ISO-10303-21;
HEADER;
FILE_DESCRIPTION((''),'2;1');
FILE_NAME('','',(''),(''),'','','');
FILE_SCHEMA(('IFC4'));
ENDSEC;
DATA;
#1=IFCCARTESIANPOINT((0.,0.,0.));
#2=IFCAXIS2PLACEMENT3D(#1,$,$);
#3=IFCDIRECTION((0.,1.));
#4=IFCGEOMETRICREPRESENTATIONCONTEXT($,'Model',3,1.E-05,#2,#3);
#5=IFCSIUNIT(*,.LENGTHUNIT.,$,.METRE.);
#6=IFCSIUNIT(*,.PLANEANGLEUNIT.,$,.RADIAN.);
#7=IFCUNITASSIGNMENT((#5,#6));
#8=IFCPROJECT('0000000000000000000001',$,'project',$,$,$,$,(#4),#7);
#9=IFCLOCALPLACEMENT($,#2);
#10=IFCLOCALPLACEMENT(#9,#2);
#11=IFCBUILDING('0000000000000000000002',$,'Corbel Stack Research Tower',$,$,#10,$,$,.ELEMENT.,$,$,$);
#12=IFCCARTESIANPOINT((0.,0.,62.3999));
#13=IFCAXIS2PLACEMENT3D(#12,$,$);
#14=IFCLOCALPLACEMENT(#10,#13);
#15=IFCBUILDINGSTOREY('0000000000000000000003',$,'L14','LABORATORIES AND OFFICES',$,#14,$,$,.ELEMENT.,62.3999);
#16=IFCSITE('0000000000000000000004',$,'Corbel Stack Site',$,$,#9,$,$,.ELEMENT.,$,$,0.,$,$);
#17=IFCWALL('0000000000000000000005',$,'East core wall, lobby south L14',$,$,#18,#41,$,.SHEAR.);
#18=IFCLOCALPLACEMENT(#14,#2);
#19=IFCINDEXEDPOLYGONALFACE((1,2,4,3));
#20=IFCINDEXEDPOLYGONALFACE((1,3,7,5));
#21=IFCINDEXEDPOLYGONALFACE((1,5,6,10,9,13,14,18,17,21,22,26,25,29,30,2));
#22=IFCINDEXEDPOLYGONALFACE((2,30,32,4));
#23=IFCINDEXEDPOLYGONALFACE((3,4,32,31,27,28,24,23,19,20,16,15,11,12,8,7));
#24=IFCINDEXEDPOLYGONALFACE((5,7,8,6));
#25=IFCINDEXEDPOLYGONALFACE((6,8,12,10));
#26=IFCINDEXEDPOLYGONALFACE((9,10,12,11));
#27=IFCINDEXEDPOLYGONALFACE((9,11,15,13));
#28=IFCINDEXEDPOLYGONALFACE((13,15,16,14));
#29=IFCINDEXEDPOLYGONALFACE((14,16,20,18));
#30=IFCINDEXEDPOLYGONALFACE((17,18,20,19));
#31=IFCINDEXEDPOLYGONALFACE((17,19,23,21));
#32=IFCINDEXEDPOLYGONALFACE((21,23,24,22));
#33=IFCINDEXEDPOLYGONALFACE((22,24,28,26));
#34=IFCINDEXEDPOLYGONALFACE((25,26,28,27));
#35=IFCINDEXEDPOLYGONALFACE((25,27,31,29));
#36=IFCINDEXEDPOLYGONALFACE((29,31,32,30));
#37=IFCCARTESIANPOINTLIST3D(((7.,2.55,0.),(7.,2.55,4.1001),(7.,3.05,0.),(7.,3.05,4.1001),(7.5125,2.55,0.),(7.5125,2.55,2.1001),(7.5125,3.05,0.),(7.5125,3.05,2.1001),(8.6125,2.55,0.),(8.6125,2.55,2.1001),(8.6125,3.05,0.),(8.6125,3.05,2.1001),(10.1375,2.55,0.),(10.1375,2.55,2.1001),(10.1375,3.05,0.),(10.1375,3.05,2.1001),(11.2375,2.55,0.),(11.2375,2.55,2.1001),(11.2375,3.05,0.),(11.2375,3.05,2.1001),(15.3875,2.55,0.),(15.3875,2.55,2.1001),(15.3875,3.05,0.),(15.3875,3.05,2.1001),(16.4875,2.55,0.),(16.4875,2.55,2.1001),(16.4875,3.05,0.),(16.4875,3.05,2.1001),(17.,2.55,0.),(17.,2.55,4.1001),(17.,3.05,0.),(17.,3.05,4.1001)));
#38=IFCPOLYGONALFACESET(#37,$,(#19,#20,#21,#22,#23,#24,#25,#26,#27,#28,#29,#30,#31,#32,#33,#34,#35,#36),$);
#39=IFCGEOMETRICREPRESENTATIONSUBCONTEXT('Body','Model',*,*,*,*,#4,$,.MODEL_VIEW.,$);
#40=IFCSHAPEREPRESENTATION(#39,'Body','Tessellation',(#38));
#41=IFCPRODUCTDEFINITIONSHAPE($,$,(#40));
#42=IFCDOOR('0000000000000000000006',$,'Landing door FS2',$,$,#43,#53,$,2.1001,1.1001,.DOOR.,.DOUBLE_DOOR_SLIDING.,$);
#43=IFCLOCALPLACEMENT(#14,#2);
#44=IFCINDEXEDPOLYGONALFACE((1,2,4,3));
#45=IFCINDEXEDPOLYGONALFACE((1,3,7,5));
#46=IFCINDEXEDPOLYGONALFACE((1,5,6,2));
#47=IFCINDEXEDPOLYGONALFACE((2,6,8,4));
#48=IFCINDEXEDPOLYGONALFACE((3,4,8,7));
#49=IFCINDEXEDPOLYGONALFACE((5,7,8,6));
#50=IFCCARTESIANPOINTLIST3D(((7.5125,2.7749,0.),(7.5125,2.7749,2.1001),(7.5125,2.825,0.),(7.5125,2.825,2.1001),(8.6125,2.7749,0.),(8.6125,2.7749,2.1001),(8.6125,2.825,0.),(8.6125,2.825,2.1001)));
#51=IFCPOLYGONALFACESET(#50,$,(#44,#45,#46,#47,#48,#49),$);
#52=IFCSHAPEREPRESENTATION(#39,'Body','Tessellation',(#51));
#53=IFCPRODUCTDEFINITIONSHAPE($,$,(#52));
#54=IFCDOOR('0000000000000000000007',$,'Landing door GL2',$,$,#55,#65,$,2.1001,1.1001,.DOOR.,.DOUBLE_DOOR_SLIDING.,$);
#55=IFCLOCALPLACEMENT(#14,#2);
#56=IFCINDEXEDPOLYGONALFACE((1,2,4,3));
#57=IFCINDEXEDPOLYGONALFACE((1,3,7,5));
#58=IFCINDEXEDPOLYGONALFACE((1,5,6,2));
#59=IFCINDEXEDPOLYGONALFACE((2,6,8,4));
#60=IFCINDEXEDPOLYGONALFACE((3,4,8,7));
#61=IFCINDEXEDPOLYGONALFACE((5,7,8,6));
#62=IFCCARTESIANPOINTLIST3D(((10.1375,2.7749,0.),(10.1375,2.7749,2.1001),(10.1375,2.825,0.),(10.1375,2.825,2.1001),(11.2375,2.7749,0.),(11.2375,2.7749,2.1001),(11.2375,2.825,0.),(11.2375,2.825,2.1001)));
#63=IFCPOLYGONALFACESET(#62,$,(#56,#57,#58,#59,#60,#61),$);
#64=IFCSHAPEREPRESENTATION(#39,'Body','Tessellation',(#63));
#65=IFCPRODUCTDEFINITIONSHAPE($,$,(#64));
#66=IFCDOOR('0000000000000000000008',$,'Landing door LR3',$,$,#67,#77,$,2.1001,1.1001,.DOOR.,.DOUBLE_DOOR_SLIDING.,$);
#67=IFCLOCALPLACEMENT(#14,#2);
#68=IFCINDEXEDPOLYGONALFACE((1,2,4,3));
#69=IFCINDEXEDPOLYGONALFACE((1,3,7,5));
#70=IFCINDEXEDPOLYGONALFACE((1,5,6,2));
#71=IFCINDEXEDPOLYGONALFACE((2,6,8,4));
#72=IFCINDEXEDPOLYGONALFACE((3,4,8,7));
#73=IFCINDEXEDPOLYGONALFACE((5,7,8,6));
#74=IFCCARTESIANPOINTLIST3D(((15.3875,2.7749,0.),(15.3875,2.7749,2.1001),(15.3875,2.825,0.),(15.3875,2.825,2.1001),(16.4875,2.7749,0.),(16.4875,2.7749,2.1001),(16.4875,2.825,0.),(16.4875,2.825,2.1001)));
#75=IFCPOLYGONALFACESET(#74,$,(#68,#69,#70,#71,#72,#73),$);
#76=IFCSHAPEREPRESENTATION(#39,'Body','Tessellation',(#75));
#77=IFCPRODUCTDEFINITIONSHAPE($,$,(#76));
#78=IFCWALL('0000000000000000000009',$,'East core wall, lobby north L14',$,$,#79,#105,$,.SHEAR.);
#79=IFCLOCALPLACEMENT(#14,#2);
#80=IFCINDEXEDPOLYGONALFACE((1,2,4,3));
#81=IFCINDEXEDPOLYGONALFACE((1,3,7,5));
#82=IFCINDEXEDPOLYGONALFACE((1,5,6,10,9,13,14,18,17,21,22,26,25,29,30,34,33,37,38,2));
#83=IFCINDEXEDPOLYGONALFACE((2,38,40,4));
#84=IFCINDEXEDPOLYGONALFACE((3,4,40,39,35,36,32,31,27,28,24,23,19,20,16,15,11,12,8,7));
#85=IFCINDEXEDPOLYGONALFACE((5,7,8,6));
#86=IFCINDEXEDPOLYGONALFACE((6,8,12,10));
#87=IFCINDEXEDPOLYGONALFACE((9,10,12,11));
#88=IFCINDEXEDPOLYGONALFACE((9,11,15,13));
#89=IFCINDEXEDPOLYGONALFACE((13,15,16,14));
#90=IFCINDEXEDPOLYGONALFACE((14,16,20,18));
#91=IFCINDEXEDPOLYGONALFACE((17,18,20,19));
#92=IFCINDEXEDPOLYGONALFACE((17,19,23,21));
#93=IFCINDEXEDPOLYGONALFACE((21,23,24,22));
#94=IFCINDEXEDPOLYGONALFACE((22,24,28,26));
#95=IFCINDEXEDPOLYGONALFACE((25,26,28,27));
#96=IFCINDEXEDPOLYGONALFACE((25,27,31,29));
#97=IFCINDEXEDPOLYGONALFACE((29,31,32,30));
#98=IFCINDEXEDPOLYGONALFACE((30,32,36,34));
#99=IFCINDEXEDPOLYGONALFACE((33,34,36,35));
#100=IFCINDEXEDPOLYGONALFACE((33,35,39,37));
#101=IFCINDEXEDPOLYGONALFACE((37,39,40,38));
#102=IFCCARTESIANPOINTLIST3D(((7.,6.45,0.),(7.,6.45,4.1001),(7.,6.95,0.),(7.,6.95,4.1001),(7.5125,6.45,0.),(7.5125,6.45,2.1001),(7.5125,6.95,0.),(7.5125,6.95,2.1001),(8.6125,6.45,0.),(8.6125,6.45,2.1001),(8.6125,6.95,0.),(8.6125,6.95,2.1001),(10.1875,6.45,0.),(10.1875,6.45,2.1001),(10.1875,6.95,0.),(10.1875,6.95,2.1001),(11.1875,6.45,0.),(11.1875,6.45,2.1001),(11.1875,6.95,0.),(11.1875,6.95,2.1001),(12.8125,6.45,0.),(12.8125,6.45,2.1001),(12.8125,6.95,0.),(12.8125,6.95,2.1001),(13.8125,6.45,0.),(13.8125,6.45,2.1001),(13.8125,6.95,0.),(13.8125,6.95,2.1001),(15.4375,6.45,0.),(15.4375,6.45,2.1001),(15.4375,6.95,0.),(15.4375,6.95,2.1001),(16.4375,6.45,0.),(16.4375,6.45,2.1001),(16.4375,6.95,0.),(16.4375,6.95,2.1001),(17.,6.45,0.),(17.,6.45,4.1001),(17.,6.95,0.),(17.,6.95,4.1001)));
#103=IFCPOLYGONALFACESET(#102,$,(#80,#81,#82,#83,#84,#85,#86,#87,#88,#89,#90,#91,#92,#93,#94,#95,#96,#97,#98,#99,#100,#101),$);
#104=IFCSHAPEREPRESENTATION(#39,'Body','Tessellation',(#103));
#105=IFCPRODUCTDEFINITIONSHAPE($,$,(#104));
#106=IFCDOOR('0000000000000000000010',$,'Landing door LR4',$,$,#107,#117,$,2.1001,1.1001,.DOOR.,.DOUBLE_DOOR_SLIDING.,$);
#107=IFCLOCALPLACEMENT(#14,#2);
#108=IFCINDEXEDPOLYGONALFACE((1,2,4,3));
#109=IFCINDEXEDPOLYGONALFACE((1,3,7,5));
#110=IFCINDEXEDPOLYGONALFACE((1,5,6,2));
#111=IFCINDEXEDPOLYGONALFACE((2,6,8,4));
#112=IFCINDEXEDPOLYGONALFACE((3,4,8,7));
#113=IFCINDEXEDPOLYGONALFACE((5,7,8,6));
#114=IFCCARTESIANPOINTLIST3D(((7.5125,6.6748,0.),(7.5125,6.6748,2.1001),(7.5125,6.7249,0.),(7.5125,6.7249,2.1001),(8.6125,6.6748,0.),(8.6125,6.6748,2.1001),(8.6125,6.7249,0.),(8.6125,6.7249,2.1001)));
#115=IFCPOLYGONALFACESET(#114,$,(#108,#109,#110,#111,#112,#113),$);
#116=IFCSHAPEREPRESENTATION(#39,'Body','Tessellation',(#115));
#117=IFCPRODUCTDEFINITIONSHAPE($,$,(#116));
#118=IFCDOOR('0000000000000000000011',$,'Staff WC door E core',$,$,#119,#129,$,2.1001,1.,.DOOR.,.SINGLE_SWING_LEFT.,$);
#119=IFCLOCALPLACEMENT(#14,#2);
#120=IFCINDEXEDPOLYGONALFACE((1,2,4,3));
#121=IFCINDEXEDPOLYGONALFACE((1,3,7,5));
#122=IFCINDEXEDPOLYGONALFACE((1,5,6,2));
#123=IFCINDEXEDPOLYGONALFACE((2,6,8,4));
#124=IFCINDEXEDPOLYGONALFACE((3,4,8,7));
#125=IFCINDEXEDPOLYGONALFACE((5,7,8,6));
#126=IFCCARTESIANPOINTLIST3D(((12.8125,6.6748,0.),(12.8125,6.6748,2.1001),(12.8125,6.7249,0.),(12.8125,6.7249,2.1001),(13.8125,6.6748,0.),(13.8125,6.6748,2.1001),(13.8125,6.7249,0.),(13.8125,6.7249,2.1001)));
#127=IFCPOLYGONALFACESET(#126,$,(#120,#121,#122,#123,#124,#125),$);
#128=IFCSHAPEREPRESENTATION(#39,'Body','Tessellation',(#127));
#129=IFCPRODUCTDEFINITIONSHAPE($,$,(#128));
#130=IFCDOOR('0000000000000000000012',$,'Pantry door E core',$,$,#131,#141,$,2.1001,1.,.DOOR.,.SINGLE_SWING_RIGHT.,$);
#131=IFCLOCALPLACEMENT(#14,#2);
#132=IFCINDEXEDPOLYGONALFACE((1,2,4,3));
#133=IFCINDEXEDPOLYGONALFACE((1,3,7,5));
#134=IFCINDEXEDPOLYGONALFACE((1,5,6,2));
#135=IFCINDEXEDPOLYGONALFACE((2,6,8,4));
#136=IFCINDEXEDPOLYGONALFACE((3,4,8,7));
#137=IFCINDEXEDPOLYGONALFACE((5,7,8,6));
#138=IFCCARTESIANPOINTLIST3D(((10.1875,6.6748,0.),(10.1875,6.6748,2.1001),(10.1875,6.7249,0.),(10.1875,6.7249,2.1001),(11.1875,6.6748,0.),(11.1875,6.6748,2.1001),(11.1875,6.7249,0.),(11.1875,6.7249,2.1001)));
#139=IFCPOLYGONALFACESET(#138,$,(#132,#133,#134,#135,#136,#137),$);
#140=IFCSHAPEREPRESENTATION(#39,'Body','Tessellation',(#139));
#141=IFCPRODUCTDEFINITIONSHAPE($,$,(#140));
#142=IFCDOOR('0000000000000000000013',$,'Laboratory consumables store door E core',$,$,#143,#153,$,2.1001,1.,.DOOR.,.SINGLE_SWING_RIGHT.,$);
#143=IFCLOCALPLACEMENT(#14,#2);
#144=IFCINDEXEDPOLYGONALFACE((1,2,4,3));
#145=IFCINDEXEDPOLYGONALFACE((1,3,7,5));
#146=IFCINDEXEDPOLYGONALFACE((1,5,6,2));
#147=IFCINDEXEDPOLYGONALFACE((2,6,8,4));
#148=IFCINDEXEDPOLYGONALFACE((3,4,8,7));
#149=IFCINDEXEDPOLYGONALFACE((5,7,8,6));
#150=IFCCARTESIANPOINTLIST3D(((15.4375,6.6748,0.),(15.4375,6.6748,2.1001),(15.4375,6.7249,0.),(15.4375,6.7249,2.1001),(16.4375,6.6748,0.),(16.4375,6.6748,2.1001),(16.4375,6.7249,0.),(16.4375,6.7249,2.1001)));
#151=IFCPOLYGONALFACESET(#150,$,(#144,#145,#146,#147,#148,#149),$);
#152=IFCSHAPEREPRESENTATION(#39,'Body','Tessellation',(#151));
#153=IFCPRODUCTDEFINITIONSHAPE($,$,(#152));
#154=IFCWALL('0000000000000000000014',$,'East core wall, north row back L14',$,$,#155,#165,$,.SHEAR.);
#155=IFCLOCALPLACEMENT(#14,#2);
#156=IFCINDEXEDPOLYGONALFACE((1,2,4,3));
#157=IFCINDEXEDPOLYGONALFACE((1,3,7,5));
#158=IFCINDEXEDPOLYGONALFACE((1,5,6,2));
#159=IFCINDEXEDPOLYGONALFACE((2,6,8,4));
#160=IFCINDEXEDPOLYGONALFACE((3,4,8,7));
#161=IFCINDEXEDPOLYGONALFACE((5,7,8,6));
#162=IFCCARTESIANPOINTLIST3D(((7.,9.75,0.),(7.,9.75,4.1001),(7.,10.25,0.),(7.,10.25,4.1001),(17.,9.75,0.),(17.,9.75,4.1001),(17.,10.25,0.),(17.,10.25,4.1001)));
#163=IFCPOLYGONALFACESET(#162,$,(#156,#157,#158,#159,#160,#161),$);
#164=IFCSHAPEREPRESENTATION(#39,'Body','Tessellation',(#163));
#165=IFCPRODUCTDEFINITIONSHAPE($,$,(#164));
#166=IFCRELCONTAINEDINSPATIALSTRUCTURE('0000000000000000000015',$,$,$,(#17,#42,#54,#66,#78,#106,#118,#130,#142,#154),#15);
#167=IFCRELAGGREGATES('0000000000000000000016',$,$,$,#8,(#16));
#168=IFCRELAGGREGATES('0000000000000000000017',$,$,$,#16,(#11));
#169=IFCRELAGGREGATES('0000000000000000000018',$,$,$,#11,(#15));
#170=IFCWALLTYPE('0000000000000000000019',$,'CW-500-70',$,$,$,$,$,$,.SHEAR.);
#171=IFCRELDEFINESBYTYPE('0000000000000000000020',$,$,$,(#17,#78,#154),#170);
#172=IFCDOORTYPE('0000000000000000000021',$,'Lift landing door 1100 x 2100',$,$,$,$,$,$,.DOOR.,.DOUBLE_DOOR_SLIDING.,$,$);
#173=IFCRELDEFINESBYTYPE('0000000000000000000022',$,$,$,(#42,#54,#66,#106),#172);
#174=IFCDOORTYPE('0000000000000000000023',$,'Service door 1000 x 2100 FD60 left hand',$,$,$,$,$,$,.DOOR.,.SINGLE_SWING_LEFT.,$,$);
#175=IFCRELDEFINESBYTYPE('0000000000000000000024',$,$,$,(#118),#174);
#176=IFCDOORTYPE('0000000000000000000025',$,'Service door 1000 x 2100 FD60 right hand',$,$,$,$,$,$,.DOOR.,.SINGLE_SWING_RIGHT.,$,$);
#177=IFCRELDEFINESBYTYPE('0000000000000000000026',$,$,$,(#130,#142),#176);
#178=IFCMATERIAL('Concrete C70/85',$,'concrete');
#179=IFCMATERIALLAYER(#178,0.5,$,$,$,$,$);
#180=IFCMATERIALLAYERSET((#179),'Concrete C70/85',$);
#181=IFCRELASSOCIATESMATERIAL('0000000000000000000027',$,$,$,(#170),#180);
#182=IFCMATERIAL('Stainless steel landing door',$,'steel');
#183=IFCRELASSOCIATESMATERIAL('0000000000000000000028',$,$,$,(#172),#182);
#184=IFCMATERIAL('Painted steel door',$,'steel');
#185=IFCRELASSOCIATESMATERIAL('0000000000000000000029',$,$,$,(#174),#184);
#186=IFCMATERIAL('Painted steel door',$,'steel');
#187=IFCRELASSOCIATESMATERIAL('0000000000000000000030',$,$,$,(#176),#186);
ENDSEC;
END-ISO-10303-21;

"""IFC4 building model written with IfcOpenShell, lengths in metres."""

from ifc_helpers import new_model, si_unit, direction, frame, frame_2d, origin, place, context, subcontext, project, spatial, rectangle, extrude, material, layer, layer_set, type_object, element, fill, save


model = new_model("IFC4")

# Units and contexts
model_context = context("Model", 3, precision=1e-05, world=origin(), true_north=direction((0.0, 1.0)))
body_context = subcontext(model_context, "Body", "Model", "MODEL_VIEW")
ifc_project = project(units=[si_unit("LENGTHUNIT", "METRE"), si_unit("PLANEANGLEUNIT", "RADIAN")], contexts=[model_context])

# Site, building, storey
site_placement = place(None, origin())
site = spatial("IfcSite", under=ifc_project, at=site_placement, Name="Corbel Stack Site", CompositionType="ELEMENT", RefElevation=0.0)
building_placement = place(site_placement, origin())
building = spatial("IfcBuilding", under=site, at=building_placement, Name="Corbel Stack Research Tower", CompositionType="ELEMENT")
storey_placement = place(building_placement, frame((0.0, 0.0, 62.3999)))
storey = spatial("IfcBuildingStorey", under=building, at=storey_placement, Name="L14", Description="LABORATORIES AND OFFICES", CompositionType="ELEMENT", Elevation=62.3999)

# Walls, openings, doors
ifc_material_1 = material(Name="Concrete C70/85", Category="concrete")
ifc_layer_1 = layer(ifc_material_1, 0.5)
ifc_layer_set_1 = layer_set([ifc_layer_1], Name="Concrete C70/85")
wall_type_1 = type_object("IfcWallType", Name="CW-500-70", PredefinedType="SHEAR", material=ifc_layer_set_1)
wall_1_placement = place(storey_placement, frame((7.0, 2.8, 0.0), z_axis=(0.0, 0.0, 1.0), x_axis=(1.0, 0.0, 0.0)))
wall_1 = element("IfcWall", 1, at=wall_1_placement, inside=storey, type_object=wall_type_1, Name="East core wall, lobby south L14", PredefinedType="SHEAR", context=body_context, shape_type="SweptSolid", body=[
    extrude(rectangle(XDim=10.0, YDim=0.5, at=frame_2d((5.0, 0.0))), origin(), (0.0, 0.0, 1.0), 4.1001),
])
opening_1_placement = place(wall_1_placement, frame((0.5125, 0.0, 0.0)))
opening_1 = element("IfcOpeningElement", 2, at=opening_1_placement, cuts=wall_1, PredefinedType="OPENING", context=body_context, shape_type="SweptSolid", body=[
    extrude(rectangle(XDim=1.1001, YDim=2.1001, at=frame_2d((0.55, 1.05))), frame((0.0, 0.26, 0.0), z_axis=(0.0, -1.0, 0.0), x_axis=(1.0, 0.0, 0.0)), (0.0, 0.0, 1.0), 0.52),
])
opening_2_placement = place(wall_1_placement, frame((3.1375, 0.0, 0.0)))
opening_2 = element("IfcOpeningElement", 3, at=opening_2_placement, cuts=wall_1, PredefinedType="OPENING", context=body_context, shape_type="SweptSolid", body=[
    extrude(rectangle(XDim=1.1001, YDim=2.1001, at=frame_2d((0.55, 1.05))), frame((0.0, 0.26, 0.0), z_axis=(0.0, -1.0, 0.0), x_axis=(1.0, 0.0, 0.0)), (0.0, 0.0, 1.0), 0.52),
])
opening_3_placement = place(wall_1_placement, frame((8.3875, 0.0, 0.0)))
opening_3 = element("IfcOpeningElement", 4, at=opening_3_placement, cuts=wall_1, PredefinedType="OPENING", context=body_context, shape_type="SweptSolid", body=[
    extrude(rectangle(XDim=1.1001, YDim=2.1001, at=frame_2d((0.55, 1.05))), frame((0.0, 0.26, 0.0), z_axis=(0.0, -1.0, 0.0), x_axis=(1.0, 0.0, 0.0)), (0.0, 0.0, 1.0), 0.52),
])
ifc_material_2 = material(Name="Stainless steel landing door", Category="steel")
door_type_1 = type_object("IfcDoorType", Name="Lift landing door 1100 x 2100", OperationType="DOUBLE_DOOR_SLIDING", PredefinedType="DOOR", material=ifc_material_2)
door_1_placement = place(opening_1_placement, origin())
door_1 = element("IfcDoor", 5, at=door_1_placement, inside=storey, type_object=door_type_1, Name="Landing door FS2", OperationType="DOUBLE_DOOR_SLIDING", OverallHeight=2.1001, OverallWidth=1.1001, PredefinedType="DOOR", context=body_context, shape_type="SweptSolid", body=[
    extrude(rectangle(XDim=1.1001, YDim=2.1001, at=frame_2d((0.55, 1.05))), frame((0.0, 0.0249, 0.0), z_axis=(0.0, -1.0, 0.0), x_axis=(1.0, 0.0, 0.0)), (0.0, 0.0, 1.0), 0.05),
])
fill(opening_1, door_1)
door_2_placement = place(opening_2_placement, origin())
door_2 = element("IfcDoor", 6, at=door_2_placement, inside=storey, type_object=door_type_1, Name="Landing door GL2", OperationType="DOUBLE_DOOR_SLIDING", OverallHeight=2.1001, OverallWidth=1.1001, PredefinedType="DOOR", context=body_context, shape_type="SweptSolid", body=[
    extrude(rectangle(XDim=1.1001, YDim=2.1001, at=frame_2d((0.55, 1.05))), frame((0.0, 0.0249, 0.0), z_axis=(0.0, -1.0, 0.0), x_axis=(1.0, 0.0, 0.0)), (0.0, 0.0, 1.0), 0.05),
])
fill(opening_2, door_2)
door_3_placement = place(opening_3_placement, origin())
door_3 = element("IfcDoor", 7, at=door_3_placement, inside=storey, type_object=door_type_1, Name="Landing door LR3", OperationType="DOUBLE_DOOR_SLIDING", OverallHeight=2.1001, OverallWidth=1.1001, PredefinedType="DOOR", context=body_context, shape_type="SweptSolid", body=[
    extrude(rectangle(XDim=1.1001, YDim=2.1001, at=frame_2d((0.55, 1.05))), frame((0.0, 0.0249, 0.0), z_axis=(0.0, -1.0, 0.0), x_axis=(1.0, 0.0, 0.0)), (0.0, 0.0, 1.0), 0.05),
])
fill(opening_3, door_3)
wall_2_placement = place(storey_placement, frame((7.0, 6.7, 0.0), z_axis=(0.0, 0.0, 1.0), x_axis=(1.0, 0.0, 0.0)))
wall_2 = element("IfcWall", 8, at=wall_2_placement, inside=storey, type_object=wall_type_1, Name="East core wall, lobby north L14", PredefinedType="SHEAR", context=body_context, shape_type="SweptSolid", body=[
    extrude(rectangle(XDim=10.0, YDim=0.5, at=frame_2d((5.0, 0.0))), origin(), (0.0, 0.0, 1.0), 4.1001),
])
opening_4_placement = place(wall_2_placement, frame((0.5125, 0.0, 0.0)))
opening_4 = element("IfcOpeningElement", 9, at=opening_4_placement, cuts=wall_2, PredefinedType="OPENING", context=body_context, shape_type="SweptSolid", body=[
    extrude(rectangle(XDim=1.1001, YDim=2.1001, at=frame_2d((0.55, 1.05))), frame((0.0, 0.26, 0.0), z_axis=(0.0, -1.0, 0.0), x_axis=(1.0, 0.0, 0.0)), (0.0, 0.0, 1.0), 0.52),
])
opening_5_placement = place(wall_2_placement, frame((3.1875, 0.0, 0.0)))
opening_5 = element("IfcOpeningElement", 10, at=opening_5_placement, cuts=wall_2, PredefinedType="OPENING", context=body_context, shape_type="SweptSolid", body=[
    extrude(rectangle(XDim=1.0, YDim=2.1001, at=frame_2d((0.5, 1.05))), frame((0.0, 0.26, 0.0), z_axis=(0.0, -1.0, 0.0), x_axis=(1.0, 0.0, 0.0)), (0.0, 0.0, 1.0), 0.52),
])
opening_6_placement = place(wall_2_placement, frame((5.8125, 0.0, 0.0)))
opening_6 = element("IfcOpeningElement", 11, at=opening_6_placement, cuts=wall_2, PredefinedType="OPENING", context=body_context, shape_type="SweptSolid", body=[
    extrude(rectangle(XDim=1.0, YDim=2.1001, at=frame_2d((0.5, 1.05))), frame((0.0, 0.26, 0.0), z_axis=(0.0, -1.0, 0.0), x_axis=(1.0, 0.0, 0.0)), (0.0, 0.0, 1.0), 0.52),
])
opening_7_placement = place(wall_2_placement, frame((8.4375, 0.0, 0.0)))
opening_7 = element("IfcOpeningElement", 12, at=opening_7_placement, cuts=wall_2, PredefinedType="OPENING", context=body_context, shape_type="SweptSolid", body=[
    extrude(rectangle(XDim=1.0, YDim=2.1001, at=frame_2d((0.5, 1.05))), frame((0.0, 0.26, 0.0), z_axis=(0.0, -1.0, 0.0), x_axis=(1.0, 0.0, 0.0)), (0.0, 0.0, 1.0), 0.52),
])
door_4_placement = place(opening_4_placement, origin())
door_4 = element("IfcDoor", 13, at=door_4_placement, inside=storey, type_object=door_type_1, Name="Landing door LR4", OperationType="DOUBLE_DOOR_SLIDING", OverallHeight=2.1001, OverallWidth=1.1001, PredefinedType="DOOR", context=body_context, shape_type="SweptSolid", body=[
    extrude(rectangle(XDim=1.1001, YDim=2.1001, at=frame_2d((0.55, 1.05))), frame((0.0, 0.0249, 0.0), z_axis=(0.0, -1.0, 0.0), x_axis=(1.0, 0.0, 0.0)), (0.0, 0.0, 1.0), 0.05),
])
fill(opening_4, door_4)
ifc_material_3 = material(Name="Painted steel door", Category="steel")
door_type_2 = type_object("IfcDoorType", Name="Service door 1000 x 2100 FD60 left hand", OperationType="SINGLE_SWING_LEFT", PredefinedType="DOOR", material=ifc_material_3)
door_5_placement = place(opening_6_placement, origin())
door_5 = element("IfcDoor", 14, at=door_5_placement, inside=storey, type_object=door_type_2, Name="Staff WC door E core", OperationType="SINGLE_SWING_LEFT", OverallHeight=2.1001, OverallWidth=1.0, PredefinedType="DOOR", context=body_context, shape_type="SweptSolid", body=[
    extrude(rectangle(XDim=1.0, YDim=2.1001, at=frame_2d((0.5, 1.05))), frame((0.0, 0.0249, 0.0), z_axis=(0.0, -1.0, 0.0), x_axis=(1.0, 0.0, 0.0)), (0.0, 0.0, 1.0), 0.05),
])
fill(opening_6, door_5)
ifc_material_4 = material(Name="Painted steel door", Category="steel")
door_type_3 = type_object("IfcDoorType", Name="Service door 1000 x 2100 FD60 right hand", OperationType="SINGLE_SWING_RIGHT", PredefinedType="DOOR", material=ifc_material_4)
door_6_placement = place(opening_5_placement, origin())
door_6 = element("IfcDoor", 15, at=door_6_placement, inside=storey, type_object=door_type_3, Name="Pantry door E core", OperationType="SINGLE_SWING_RIGHT", OverallHeight=2.1001, OverallWidth=1.0, PredefinedType="DOOR", context=body_context, shape_type="SweptSolid", body=[
    extrude(rectangle(XDim=1.0, YDim=2.1001, at=frame_2d((0.5, 1.05))), frame((0.0, 0.0249, 0.0), z_axis=(0.0, -1.0, 0.0), x_axis=(1.0, 0.0, 0.0)), (0.0, 0.0, 1.0), 0.05),
])
fill(opening_5, door_6)
door_7_placement = place(opening_7_placement, origin())
door_7 = element("IfcDoor", 16, at=door_7_placement, inside=storey, type_object=door_type_3, Name="Laboratory consumables store door E core", OperationType="SINGLE_SWING_RIGHT", OverallHeight=2.1001, OverallWidth=1.0, PredefinedType="DOOR", context=body_context, shape_type="SweptSolid", body=[
    extrude(rectangle(XDim=1.0, YDim=2.1001, at=frame_2d((0.5, 1.05))), frame((0.0, 0.0249, 0.0), z_axis=(0.0, -1.0, 0.0), x_axis=(1.0, 0.0, 0.0)), (0.0, 0.0, 1.0), 0.05),
])
fill(opening_7, door_7)

# Wall
wall_3_placement = place(storey_placement, frame((7.0, 10.0, 0.0), z_axis=(0.0, 0.0, 1.0), x_axis=(1.0, 0.0, 0.0)))
element("IfcWall", 17, at=wall_3_placement, inside=storey, type_object=wall_type_1, Name="East core wall, north row back L14", PredefinedType="SHEAR", context=body_context, shape_type="SweptSolid", body=[
    extrude(rectangle(XDim=10.0, YDim=0.5, at=frame_2d((5.0, 0.0))), origin(), (0.0, 0.0, 1.0), 4.1001),
])

save(model, "model.ifc")
